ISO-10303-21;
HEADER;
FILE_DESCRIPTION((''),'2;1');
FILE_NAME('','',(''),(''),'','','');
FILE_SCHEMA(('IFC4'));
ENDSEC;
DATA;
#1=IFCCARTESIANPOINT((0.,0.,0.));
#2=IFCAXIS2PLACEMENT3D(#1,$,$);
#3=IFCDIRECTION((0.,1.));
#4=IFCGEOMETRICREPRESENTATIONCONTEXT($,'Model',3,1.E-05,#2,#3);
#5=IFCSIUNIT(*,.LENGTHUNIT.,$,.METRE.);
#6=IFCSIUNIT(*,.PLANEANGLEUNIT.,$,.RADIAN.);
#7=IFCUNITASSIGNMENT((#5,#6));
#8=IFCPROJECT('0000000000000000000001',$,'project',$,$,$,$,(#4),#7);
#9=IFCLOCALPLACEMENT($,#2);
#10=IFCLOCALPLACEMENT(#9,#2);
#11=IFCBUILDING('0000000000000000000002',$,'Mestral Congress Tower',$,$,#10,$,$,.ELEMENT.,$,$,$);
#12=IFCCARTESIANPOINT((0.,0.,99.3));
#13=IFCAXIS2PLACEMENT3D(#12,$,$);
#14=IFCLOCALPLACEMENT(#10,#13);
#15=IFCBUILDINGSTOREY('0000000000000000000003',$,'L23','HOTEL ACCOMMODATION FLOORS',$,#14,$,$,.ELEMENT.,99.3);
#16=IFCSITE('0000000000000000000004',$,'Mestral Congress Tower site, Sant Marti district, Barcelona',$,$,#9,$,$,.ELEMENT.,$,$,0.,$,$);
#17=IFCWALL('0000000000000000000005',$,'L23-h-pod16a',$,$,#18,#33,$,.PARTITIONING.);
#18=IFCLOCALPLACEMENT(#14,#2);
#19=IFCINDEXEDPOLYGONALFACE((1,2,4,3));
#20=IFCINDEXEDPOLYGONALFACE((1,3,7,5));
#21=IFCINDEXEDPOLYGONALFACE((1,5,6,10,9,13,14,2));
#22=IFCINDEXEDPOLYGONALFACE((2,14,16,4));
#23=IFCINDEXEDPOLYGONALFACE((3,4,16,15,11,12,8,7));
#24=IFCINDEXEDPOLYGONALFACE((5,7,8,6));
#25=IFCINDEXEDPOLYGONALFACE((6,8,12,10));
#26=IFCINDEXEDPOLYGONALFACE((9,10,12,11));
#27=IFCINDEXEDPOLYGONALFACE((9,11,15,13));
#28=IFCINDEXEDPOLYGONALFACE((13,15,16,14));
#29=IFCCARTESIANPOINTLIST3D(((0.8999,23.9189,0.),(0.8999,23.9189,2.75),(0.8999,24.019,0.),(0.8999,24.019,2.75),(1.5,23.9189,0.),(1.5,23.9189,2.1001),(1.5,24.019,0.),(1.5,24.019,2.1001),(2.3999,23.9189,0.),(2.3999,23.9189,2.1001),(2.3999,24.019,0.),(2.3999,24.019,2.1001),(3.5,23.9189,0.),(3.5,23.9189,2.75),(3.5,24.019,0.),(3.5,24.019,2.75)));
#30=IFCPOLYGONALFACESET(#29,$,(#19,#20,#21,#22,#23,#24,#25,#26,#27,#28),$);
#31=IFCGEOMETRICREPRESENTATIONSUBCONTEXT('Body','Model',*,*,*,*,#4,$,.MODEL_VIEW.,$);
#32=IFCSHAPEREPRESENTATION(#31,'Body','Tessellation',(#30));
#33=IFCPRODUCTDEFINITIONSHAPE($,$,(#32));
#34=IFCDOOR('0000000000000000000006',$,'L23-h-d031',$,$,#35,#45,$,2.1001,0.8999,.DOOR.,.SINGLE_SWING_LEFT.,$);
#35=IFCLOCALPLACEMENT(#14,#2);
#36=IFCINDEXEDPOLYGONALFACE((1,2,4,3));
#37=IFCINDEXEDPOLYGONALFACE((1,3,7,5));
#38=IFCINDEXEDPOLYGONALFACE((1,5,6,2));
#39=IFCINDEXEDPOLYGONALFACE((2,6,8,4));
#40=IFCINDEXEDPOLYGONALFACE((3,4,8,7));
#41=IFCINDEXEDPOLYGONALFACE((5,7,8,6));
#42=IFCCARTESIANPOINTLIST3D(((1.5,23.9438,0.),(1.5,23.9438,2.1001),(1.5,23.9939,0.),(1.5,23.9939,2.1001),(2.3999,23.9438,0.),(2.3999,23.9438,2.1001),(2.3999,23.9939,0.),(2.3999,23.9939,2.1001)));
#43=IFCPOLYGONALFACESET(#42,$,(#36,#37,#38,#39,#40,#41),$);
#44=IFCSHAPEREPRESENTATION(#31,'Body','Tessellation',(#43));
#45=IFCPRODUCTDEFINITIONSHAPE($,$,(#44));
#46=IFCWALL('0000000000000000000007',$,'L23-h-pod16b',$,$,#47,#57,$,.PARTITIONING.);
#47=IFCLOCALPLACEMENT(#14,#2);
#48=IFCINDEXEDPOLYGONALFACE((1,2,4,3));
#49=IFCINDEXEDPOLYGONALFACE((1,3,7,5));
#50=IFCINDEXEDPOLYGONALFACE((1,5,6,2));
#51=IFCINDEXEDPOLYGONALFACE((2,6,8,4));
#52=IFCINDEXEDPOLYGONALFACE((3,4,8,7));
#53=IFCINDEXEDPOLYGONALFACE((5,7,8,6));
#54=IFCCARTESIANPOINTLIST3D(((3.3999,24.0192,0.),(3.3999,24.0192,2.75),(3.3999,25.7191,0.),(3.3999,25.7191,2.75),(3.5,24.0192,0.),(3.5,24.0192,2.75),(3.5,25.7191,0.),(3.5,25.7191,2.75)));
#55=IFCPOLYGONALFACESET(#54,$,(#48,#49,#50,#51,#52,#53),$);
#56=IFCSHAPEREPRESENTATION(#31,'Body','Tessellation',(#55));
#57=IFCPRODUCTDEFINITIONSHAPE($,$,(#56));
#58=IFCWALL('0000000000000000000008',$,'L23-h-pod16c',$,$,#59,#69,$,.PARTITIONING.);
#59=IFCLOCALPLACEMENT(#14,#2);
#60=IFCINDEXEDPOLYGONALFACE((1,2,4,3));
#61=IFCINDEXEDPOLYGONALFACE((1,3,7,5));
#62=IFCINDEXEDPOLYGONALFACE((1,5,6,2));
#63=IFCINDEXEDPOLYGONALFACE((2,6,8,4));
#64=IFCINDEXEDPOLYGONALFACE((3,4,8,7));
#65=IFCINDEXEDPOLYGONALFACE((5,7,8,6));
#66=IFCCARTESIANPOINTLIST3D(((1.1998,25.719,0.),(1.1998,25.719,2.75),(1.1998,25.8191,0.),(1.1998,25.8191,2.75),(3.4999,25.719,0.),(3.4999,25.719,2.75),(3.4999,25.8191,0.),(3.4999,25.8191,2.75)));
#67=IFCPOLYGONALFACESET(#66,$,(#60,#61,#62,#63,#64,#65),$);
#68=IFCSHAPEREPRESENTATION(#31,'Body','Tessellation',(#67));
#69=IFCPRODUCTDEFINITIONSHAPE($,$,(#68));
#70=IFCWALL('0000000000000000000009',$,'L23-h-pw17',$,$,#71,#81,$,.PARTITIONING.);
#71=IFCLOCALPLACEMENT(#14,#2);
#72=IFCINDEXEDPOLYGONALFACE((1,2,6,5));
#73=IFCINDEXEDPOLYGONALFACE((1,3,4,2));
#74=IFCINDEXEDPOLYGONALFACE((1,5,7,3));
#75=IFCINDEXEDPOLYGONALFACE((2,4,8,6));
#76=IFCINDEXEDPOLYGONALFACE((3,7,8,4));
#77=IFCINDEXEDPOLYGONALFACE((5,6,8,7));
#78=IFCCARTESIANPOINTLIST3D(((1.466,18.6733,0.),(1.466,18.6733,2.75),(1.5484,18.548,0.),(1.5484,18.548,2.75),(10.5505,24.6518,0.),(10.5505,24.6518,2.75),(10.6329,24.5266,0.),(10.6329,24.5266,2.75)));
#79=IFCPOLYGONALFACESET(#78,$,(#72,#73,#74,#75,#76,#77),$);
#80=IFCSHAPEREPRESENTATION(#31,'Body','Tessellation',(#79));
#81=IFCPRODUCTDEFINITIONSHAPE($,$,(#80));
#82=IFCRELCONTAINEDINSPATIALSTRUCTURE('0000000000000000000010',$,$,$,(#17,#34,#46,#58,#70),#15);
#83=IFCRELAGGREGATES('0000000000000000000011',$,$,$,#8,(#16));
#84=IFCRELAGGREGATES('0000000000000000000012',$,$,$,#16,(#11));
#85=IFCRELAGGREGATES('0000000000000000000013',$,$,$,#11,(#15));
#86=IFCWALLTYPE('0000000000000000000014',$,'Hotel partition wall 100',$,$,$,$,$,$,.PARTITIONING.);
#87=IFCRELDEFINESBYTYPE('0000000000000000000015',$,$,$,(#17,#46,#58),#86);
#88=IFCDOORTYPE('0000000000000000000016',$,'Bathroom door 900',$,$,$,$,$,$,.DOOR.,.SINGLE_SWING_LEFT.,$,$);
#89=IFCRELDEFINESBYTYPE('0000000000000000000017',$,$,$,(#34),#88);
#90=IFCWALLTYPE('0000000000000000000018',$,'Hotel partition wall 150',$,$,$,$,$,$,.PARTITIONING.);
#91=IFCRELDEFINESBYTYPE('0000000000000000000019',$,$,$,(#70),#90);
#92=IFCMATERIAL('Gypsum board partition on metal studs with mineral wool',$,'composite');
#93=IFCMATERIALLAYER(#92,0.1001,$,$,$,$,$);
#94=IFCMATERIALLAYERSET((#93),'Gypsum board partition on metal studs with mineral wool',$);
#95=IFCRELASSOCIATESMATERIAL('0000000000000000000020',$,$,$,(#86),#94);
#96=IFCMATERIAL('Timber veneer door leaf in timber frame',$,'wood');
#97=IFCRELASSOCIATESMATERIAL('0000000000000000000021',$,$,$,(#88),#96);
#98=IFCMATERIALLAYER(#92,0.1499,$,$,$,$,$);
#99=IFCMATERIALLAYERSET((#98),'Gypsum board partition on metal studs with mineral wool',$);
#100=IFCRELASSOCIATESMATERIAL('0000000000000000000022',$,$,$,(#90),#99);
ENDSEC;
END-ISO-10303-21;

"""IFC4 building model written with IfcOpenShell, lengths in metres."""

from ifc_helpers import new_model, si_unit, direction, frame, frame_2d, origin, place, context, subcontext, project, spatial, rectangle, extrude, material, layer, layer_set, type_object, element, fill, save


model = new_model("IFC4")

# Units and contexts
model_context = context("Model", 3, precision=1e-05, world=origin(), true_north=direction((0.0, 1.0)))
body_context = subcontext(model_context, "Body", "Model", "MODEL_VIEW")
ifc_project = project(units=[si_unit("LENGTHUNIT", "METRE"), si_unit("PLANEANGLEUNIT", "RADIAN")], contexts=[model_context])

# Site, building, storey
site_placement = place(None, origin())
site = spatial("IfcSite", under=ifc_project, at=site_placement, Name="Mestral Congress Tower site, Sant Marti district, Barcelona", CompositionType="ELEMENT", RefElevation=0.0)
building_placement = place(site_placement, origin())
building = spatial("IfcBuilding", under=site, at=building_placement, Name="Mestral Congress Tower", CompositionType="ELEMENT")
storey_placement = place(building_placement, frame((0.0, 0.0, 99.3)))
storey = spatial("IfcBuildingStorey", under=building, at=storey_placement, Name="L23", Description="HOTEL ACCOMMODATION FLOORS", CompositionType="ELEMENT", Elevation=99.3)

# Wall, opening, door
ifc_material_1 = material(Name="Gypsum board partition on metal studs with mineral wool", Category="composite")
ifc_layer_1 = layer(ifc_material_1, 0.1001)
ifc_layer_set_1 = layer_set([ifc_layer_1], Name="Gypsum board partition on metal studs with mineral wool")
wall_type_1 = type_object("IfcWallType", Name="Hotel partition wall 100", PredefinedType="PARTITIONING", material=ifc_layer_set_1)
wall_1_placement = place(storey_placement, frame((0.8999, 23.969, 0.0), z_axis=(0.0, 0.0, 1.0), x_axis=(1.0, 0.0, 0.0)))
wall_1 = element("IfcWall", 1, at=wall_1_placement, inside=storey, type_object=wall_type_1, Name="L23-h-pod16a", PredefinedType="PARTITIONING", context=body_context, shape_type="SweptSolid", body=[
    extrude(rectangle(XDim=2.6001, YDim=0.1001, at=frame_2d((1.3, 0.0))), origin(), (0.0, 0.0, 1.0), 2.75),
])
opening_1_placement = place(wall_1_placement, frame((0.6001, 0.0, 0.0)))
opening_1 = element("IfcOpeningElement", 2, at=opening_1_placement, cuts=wall_1, PredefinedType="OPENING", context=body_context, shape_type="SweptSolid", body=[
    extrude(rectangle(XDim=0.8999, YDim=2.1001, at=frame_2d((0.45, 1.05))), frame((0.0, 0.0601, 0.0), z_axis=(0.0, -1.0, 0.0), x_axis=(1.0, 0.0, 0.0)), (0.0, 0.0, 1.0), 0.1201),
])
ifc_material_2 = material(Name="Timber veneer door leaf in timber frame", Category="wood")
door_type = type_object("IfcDoorType", Name="Bathroom door 900", OperationType="SINGLE_SWING_LEFT", PredefinedType="DOOR", material=ifc_material_2)
door_placement = place(opening_1_placement, origin())
door = element("IfcDoor", 3, at=door_placement, inside=storey, type_object=door_type, Name="L23-h-d031", OperationType="SINGLE_SWING_LEFT", OverallHeight=2.1001, OverallWidth=0.8999, PredefinedType="DOOR", context=body_context, shape_type="SweptSolid", body=[
    extrude(rectangle(XDim=0.8999, YDim=2.1001, at=frame_2d((0.45, 1.05))), frame((0.0, 0.0249, 0.0), z_axis=(0.0, -1.0, 0.0), x_axis=(1.0, 0.0, 0.0)), (0.0, 0.0, 1.0), 0.05),
])
fill(opening_1, door)

# Walls
wall_2_placement = place(storey_placement, frame((3.45, 24.019, 0.0), z_axis=(0.0, 0.0, 1.0), x_axis=(0.0, 1.0, 0.0)))
element("IfcWall", 4, at=wall_2_placement, inside=storey, type_object=wall_type_1, Name="L23-h-pod16b", PredefinedType="PARTITIONING", context=body_context, shape_type="SweptSolid", body=[
    extrude(rectangle(XDim=1.7, YDim=0.1001, at=frame_2d((0.8501, 0.0))), origin(), (0.0, 0.0, 1.0), 2.75),
])
wall_3_placement = place(storey_placement, frame((1.2, 25.769, 0.0), z_axis=(0.0, 0.0, 1.0), x_axis=(1.0, 0.0, 0.0)))
element("IfcWall", 5, at=wall_3_placement, inside=storey, type_object=wall_type_1, Name="L23-h-pod16c", PredefinedType="PARTITIONING", context=body_context, shape_type="SweptSolid", body=[
    extrude(rectangle(XDim=2.3, YDim=0.1001, at=frame_2d((1.1499, 0.0))), origin(), (0.0, 0.0, 1.0), 2.75),
])
ifc_layer_2 = layer(ifc_material_1, 0.1499)
ifc_layer_set_2 = layer_set([ifc_layer_2], Name="Gypsum board partition on metal studs with mineral wool")
wall_type_2 = type_object("IfcWallType", Name="Hotel partition wall 150", PredefinedType="PARTITIONING", material=ifc_layer_set_2)
wall_4_placement = place(storey_placement, frame((10.5916, 24.5891, 0.0), z_axis=(0.0, 0.0, 1.0), x_axis=(-0.835337, -0.549738, 0.0)))
element("IfcWall", 6, at=wall_4_placement, inside=storey, type_object=wall_type_2, Name="L23-h-pw17", PredefinedType="PARTITIONING", context=body_context, shape_type="SweptSolid", body=[
    extrude(rectangle(XDim=10.8752, YDim=0.1499, at=frame_2d((5.4375, 0.0))), origin(), (0.0, 0.0, 1.0), 2.75),
])

save(model, "model.ifc")
